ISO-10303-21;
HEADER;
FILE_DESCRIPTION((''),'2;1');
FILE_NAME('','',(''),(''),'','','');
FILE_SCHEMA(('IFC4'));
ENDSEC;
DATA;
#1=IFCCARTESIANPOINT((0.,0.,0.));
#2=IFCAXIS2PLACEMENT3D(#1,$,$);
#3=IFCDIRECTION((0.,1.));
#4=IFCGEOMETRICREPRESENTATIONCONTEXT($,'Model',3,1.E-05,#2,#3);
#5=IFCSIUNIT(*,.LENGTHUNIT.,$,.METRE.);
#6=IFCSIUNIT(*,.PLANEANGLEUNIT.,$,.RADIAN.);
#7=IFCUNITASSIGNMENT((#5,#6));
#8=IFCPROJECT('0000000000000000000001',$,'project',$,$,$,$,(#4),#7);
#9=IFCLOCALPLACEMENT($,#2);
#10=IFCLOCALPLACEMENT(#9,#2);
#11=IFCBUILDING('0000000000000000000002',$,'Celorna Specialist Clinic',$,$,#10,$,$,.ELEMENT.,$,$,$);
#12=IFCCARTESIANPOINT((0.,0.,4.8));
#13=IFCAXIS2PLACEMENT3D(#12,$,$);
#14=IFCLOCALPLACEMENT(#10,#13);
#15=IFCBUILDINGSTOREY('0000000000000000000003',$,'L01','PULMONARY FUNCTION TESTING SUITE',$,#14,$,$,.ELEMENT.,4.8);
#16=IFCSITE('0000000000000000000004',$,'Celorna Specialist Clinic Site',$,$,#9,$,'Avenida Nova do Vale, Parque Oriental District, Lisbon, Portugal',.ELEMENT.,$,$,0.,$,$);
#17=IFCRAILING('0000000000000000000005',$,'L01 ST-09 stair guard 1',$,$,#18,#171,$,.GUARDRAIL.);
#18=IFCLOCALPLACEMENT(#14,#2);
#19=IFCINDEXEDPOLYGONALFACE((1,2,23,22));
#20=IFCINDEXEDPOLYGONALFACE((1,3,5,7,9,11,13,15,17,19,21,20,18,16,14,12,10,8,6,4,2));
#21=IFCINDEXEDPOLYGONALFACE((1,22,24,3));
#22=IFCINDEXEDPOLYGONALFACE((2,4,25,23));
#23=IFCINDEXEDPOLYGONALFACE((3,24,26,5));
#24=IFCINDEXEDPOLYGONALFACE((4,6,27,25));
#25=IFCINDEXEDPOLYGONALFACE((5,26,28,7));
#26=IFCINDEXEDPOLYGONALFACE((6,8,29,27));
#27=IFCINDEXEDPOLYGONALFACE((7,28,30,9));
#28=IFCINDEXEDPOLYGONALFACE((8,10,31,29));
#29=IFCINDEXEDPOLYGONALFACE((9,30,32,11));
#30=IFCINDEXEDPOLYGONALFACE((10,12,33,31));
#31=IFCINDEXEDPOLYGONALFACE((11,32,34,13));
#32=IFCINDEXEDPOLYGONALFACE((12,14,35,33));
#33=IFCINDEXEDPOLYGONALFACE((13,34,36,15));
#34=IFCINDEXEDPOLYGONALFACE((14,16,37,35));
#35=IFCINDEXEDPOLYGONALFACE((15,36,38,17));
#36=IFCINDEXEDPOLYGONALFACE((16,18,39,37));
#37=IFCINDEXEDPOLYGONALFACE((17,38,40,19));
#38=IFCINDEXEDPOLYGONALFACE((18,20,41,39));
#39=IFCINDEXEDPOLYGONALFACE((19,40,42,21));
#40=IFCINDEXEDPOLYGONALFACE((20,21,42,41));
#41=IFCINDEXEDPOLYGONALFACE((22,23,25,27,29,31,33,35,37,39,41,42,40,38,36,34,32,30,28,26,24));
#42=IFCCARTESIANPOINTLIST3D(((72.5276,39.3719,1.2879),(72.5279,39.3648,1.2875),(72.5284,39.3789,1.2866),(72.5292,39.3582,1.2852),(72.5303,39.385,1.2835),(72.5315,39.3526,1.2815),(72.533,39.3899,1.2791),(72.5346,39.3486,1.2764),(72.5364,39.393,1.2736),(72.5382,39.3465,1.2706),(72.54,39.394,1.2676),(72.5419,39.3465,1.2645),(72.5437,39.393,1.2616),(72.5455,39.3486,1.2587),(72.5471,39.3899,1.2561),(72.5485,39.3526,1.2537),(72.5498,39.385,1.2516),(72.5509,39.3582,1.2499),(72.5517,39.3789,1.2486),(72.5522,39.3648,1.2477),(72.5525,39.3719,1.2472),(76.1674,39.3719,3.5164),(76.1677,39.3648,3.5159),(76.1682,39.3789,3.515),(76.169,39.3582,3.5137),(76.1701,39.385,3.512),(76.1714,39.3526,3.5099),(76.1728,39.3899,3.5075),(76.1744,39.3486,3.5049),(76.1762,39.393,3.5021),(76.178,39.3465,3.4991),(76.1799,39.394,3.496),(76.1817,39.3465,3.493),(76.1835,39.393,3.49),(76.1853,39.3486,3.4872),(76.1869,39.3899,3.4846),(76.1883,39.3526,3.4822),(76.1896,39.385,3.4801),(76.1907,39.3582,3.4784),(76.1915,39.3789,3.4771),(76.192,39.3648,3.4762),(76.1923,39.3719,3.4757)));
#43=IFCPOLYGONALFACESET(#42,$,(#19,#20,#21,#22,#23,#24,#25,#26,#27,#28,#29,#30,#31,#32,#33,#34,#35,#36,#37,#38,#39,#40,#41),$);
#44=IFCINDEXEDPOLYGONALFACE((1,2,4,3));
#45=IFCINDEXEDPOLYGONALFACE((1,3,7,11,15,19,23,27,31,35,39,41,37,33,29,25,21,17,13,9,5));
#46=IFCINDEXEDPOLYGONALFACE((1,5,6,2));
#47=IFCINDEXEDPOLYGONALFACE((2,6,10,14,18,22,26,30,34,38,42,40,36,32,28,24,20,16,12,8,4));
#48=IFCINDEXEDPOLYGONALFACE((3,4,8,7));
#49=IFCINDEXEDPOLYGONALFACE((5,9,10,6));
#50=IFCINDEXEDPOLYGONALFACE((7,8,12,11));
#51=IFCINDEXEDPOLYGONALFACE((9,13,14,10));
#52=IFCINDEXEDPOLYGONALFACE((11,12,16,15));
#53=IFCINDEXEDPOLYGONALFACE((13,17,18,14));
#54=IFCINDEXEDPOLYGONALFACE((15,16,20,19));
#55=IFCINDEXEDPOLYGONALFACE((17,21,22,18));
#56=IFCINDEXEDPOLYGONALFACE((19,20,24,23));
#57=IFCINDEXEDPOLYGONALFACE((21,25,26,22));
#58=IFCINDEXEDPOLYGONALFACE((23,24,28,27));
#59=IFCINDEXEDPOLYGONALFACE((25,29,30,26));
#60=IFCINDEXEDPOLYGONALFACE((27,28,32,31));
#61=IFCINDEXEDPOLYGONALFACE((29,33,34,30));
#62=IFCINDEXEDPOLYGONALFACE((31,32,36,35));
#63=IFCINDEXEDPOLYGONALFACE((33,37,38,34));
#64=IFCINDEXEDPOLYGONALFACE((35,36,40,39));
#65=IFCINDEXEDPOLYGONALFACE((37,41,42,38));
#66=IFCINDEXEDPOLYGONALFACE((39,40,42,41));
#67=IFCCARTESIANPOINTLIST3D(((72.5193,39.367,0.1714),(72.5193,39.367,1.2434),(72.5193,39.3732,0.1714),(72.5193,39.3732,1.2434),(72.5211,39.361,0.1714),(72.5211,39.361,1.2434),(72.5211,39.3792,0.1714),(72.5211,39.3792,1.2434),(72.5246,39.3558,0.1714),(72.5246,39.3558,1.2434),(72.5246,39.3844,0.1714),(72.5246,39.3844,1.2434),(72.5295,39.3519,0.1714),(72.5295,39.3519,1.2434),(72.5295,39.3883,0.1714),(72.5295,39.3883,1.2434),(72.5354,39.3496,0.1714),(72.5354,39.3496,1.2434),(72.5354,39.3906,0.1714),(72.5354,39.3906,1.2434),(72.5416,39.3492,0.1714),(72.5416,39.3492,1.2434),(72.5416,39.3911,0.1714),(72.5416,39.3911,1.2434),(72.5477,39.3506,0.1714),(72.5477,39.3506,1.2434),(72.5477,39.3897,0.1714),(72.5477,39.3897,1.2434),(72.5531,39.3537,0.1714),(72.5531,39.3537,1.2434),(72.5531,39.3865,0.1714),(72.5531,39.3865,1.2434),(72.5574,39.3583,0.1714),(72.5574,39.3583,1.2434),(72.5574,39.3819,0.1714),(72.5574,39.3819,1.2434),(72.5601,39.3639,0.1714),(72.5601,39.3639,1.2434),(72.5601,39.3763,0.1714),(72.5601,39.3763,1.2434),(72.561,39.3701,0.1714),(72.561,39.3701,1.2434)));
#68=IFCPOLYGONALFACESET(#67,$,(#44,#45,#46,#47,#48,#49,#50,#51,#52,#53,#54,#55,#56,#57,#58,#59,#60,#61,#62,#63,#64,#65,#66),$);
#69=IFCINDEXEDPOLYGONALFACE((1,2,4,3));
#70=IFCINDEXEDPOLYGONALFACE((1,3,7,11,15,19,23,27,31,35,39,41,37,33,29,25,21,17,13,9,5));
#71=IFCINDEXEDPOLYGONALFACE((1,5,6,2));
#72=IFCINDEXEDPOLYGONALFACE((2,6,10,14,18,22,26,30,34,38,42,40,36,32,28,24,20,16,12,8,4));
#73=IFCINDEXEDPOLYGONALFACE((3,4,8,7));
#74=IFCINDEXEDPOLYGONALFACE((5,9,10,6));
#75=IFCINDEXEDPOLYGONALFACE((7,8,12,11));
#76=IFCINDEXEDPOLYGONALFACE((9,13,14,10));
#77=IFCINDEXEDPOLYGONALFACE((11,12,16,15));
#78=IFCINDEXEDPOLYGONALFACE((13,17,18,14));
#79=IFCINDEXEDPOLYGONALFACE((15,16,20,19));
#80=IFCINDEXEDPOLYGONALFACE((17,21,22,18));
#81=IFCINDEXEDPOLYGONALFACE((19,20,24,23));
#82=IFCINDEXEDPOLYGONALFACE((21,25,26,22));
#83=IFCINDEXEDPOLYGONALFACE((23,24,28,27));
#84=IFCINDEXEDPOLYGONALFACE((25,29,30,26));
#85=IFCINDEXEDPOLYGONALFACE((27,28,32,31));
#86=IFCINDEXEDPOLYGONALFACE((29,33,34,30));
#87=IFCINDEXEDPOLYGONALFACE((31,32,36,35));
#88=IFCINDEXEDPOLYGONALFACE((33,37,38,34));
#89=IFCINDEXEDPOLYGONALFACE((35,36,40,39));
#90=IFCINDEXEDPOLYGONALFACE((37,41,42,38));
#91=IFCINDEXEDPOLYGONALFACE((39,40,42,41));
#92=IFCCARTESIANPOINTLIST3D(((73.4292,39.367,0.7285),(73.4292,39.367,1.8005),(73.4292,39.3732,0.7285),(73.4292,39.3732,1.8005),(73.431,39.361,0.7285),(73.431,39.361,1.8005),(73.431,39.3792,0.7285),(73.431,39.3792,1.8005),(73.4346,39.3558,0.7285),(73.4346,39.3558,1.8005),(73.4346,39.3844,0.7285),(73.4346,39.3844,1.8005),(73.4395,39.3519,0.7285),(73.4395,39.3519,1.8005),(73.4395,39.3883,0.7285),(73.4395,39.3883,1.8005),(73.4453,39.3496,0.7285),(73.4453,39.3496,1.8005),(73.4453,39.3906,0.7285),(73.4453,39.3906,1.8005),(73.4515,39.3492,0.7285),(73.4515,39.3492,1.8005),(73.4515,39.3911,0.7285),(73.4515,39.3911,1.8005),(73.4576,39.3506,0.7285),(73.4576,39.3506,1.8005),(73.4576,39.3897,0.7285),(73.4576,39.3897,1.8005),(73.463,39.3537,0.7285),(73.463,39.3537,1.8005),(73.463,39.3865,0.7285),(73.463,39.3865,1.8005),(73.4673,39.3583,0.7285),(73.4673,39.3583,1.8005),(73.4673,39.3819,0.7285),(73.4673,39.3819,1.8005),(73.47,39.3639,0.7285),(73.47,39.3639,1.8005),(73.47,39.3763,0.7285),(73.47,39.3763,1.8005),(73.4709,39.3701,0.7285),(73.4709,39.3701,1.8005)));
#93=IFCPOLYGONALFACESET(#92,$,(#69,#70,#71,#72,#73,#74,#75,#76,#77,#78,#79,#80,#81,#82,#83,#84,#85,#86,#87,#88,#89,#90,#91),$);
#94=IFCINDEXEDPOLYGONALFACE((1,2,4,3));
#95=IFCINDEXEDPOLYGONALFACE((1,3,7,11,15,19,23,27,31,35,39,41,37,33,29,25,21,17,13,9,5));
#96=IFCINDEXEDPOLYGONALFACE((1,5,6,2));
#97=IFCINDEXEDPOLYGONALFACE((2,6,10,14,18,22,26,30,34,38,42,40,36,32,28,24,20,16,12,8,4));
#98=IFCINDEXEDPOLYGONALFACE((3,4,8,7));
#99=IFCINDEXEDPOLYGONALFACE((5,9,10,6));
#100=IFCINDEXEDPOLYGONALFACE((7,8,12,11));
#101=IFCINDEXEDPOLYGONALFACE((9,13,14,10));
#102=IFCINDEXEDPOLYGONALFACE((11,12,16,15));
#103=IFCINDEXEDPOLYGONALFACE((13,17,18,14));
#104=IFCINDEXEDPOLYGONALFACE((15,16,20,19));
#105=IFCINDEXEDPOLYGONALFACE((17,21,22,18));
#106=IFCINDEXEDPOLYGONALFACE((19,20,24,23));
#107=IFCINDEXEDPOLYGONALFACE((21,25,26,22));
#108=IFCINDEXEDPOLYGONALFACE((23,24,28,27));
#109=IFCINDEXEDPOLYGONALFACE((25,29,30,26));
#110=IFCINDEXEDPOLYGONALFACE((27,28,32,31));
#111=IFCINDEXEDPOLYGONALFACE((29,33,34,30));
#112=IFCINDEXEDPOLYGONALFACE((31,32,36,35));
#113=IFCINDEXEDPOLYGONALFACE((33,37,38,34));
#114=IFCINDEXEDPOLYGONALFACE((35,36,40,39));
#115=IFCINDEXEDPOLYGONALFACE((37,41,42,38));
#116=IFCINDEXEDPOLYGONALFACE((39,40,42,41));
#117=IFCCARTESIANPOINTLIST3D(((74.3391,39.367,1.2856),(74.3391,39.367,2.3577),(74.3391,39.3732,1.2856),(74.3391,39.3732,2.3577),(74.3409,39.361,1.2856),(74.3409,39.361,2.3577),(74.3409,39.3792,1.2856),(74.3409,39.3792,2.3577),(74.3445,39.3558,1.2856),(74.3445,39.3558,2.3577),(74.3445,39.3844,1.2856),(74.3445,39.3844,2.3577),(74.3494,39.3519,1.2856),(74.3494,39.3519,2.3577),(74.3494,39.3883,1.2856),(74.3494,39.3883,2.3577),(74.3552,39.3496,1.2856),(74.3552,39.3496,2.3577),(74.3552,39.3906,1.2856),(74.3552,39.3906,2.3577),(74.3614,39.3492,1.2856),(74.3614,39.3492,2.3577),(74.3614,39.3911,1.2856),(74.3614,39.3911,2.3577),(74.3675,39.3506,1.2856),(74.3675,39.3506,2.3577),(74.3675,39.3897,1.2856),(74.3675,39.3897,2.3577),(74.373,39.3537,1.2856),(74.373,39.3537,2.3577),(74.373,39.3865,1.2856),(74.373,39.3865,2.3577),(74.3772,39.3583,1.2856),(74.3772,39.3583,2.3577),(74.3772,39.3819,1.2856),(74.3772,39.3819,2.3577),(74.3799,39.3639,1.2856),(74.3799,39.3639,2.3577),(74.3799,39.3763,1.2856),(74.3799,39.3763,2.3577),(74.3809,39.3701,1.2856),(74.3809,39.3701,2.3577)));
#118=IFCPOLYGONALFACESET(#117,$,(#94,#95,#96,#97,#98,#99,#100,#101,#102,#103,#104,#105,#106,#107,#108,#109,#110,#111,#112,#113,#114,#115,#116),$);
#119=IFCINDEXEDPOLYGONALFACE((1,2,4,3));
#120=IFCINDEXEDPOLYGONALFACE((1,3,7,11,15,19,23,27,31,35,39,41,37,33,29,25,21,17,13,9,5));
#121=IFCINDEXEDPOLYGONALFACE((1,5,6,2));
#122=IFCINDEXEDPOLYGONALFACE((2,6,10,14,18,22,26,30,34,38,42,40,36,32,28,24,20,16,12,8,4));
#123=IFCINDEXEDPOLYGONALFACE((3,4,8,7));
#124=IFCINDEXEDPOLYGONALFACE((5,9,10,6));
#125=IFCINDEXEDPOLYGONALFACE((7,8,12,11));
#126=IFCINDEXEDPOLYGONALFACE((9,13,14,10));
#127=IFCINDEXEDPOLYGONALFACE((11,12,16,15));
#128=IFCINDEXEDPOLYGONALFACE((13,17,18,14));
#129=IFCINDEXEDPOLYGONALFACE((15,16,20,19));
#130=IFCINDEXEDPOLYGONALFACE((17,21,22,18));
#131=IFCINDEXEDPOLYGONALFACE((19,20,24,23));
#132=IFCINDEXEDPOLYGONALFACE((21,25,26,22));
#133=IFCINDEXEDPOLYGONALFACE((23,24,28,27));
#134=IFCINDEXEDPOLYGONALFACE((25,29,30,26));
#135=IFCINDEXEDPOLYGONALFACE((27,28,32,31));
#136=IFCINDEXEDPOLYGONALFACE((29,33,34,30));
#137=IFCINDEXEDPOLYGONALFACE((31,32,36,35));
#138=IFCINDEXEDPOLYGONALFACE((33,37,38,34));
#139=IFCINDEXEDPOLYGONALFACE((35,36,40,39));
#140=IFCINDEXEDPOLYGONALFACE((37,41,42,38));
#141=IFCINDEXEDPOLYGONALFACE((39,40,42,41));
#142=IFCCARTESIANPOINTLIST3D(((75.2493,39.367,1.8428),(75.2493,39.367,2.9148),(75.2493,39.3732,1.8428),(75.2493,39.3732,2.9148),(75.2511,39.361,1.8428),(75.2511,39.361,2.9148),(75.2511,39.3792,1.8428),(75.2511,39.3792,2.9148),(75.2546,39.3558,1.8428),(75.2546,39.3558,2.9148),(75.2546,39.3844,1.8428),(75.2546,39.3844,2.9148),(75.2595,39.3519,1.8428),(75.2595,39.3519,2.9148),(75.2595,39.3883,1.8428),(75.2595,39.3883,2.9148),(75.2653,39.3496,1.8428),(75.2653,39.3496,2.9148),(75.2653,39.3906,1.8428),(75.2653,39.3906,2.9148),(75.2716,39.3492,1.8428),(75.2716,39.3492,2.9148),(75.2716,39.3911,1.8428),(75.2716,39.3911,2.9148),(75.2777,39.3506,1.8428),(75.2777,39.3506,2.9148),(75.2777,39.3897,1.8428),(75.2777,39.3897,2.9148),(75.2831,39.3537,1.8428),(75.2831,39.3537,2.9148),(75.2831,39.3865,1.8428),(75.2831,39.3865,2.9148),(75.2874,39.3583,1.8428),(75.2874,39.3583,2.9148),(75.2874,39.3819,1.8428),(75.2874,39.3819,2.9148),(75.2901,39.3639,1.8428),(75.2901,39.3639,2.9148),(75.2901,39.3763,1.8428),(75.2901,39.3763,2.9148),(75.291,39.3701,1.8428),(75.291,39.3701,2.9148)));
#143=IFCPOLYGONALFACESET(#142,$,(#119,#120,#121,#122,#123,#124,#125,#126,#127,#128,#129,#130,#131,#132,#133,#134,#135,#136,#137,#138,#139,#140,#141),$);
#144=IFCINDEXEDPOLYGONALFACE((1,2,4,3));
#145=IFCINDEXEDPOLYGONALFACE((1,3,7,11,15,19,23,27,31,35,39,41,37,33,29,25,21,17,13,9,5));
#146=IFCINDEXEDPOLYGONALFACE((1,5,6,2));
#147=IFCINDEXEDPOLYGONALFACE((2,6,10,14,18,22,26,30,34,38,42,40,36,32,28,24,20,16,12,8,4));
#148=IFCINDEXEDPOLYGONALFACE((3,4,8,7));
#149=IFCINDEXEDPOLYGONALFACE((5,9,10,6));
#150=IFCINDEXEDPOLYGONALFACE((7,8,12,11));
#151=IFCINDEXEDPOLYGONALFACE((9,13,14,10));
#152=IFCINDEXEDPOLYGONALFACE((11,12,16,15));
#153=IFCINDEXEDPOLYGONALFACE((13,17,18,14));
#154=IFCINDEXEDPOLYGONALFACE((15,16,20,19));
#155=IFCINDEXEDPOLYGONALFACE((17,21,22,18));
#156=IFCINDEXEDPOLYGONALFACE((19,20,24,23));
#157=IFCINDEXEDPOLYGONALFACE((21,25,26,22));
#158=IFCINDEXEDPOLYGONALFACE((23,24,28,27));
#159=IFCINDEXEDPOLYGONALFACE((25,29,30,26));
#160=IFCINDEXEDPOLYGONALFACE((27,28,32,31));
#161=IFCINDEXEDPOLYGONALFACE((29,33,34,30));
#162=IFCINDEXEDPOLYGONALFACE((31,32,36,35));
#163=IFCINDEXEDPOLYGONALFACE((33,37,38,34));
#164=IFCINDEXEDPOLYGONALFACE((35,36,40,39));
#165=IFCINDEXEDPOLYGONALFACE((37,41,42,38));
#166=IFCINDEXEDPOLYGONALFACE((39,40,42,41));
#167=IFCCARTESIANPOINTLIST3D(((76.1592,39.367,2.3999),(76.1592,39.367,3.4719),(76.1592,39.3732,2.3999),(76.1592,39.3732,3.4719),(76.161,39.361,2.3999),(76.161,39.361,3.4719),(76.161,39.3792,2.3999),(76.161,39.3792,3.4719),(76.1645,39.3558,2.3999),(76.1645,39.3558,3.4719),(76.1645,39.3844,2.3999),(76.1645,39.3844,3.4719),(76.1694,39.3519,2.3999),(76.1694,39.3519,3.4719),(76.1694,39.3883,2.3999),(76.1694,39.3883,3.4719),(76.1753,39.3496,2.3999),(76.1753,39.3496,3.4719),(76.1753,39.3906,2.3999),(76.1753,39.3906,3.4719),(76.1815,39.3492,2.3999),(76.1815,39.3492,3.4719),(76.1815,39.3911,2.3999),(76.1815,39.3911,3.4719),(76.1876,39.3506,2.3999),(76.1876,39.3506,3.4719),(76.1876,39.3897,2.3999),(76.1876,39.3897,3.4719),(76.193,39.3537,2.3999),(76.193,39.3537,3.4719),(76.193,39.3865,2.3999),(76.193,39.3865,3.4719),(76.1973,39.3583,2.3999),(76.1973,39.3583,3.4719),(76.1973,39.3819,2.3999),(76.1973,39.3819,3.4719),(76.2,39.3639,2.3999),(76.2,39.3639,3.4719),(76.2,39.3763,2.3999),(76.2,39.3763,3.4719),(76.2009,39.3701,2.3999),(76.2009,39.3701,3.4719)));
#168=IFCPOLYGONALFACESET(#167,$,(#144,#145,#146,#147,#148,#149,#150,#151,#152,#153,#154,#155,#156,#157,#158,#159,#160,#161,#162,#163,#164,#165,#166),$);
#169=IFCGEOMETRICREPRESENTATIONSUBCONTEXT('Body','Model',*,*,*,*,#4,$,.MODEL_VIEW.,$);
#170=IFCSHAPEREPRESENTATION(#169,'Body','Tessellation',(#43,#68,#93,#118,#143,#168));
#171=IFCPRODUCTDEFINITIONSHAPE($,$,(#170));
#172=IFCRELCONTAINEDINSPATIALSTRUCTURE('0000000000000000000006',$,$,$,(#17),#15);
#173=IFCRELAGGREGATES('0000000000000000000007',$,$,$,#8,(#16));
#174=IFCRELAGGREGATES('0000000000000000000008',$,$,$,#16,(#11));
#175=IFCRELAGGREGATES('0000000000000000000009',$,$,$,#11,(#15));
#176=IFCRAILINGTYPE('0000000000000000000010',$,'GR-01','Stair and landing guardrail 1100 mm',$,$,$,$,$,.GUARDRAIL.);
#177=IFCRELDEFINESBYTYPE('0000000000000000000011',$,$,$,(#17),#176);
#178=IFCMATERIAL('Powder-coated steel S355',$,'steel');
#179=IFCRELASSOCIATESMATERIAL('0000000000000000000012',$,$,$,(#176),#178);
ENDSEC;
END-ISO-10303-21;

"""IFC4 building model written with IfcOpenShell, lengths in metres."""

from ifc_helpers import new_model, si_unit, direction, frame, origin, origin_2d, place, context, subcontext, project, spatial, circle, extrude, material, type_object, element, save


model = new_model("IFC4")

# Units and contexts
model_context = context("Model", 3, precision=1e-05, world=origin(), true_north=direction((0.0, 1.0)))
body_context = subcontext(model_context, "Body", "Model", "MODEL_VIEW")
ifc_project = project(units=[si_unit("LENGTHUNIT", "METRE"), si_unit("PLANEANGLEUNIT", "RADIAN")], contexts=[model_context])

# Site, building, storey
site_placement = place(None, origin())
site = spatial("IfcSite", under=ifc_project, at=site_placement, Name="Celorna Specialist Clinic Site", LongName="Avenida Nova do Vale, Parque Oriental District, Lisbon, Portugal", CompositionType="ELEMENT", RefElevation=0.0)
building_placement = place(site_placement, origin())
building = spatial("IfcBuilding", under=site, at=building_placement, Name="Celorna Specialist Clinic", CompositionType="ELEMENT")
storey_placement = place(building_placement, frame((0.0, 0.0, 4.8)))
storey = spatial("IfcBuildingStorey", under=building, at=storey_placement, Name="L01", Description="PULMONARY FUNCTION TESTING SUITE", CompositionType="ELEMENT", Elevation=4.8)

# Railing
ifc_material_1 = material(Name="Powder-coated steel S355", Category="steel")
railing_type_1 = type_object("IfcRailingType", Name="GR-01", Description="Stair and landing guardrail 1100 mm", PredefinedType="GUARDRAIL", material=ifc_material_1)
railing_1_placement = place(storey_placement, frame((72.54, 39.3701, 0.1714)))
element("IfcRailing", 1, at=railing_1_placement, inside=storey, type_object=railing_type_1, Name="L01 ST-09 stair guard 1", PredefinedType="GUARDRAIL", context=body_context, shape_type="SweptSolid", body=[
    extrude(circle(Radius=0.0239, at=origin_2d()), frame((0.0, 0.0, 1.0962), z_axis=(0.85285, 0.0, 0.522156), x_axis=(0.0, 1.0, 0.0)), (0.0, 0.0, 1.0), 4.2678),
    extrude(circle(Radius=0.021, at=origin_2d()), origin(), (0.0, 0.0, 1.0), 1.072),
    extrude(circle(Radius=0.021, at=origin_2d()), frame((0.9099, 0.0, 0.5571)), (0.0, 0.0, 1.0), 1.072),
    extrude(circle(Radius=0.021, at=origin_2d()), frame((1.8198, 0.0, 1.1143)), (0.0, 0.0, 1.0), 1.072),
    extrude(circle(Radius=0.021, at=origin_2d()), frame((2.73, 0.0, 1.6714)), (0.0, 0.0, 1.0), 1.072),
    extrude(circle(Radius=0.021, at=origin_2d()), frame((3.6399, 0.0, 2.2285)), (0.0, 0.0, 1.0), 1.072),
])

save(model, "model.ifc")
